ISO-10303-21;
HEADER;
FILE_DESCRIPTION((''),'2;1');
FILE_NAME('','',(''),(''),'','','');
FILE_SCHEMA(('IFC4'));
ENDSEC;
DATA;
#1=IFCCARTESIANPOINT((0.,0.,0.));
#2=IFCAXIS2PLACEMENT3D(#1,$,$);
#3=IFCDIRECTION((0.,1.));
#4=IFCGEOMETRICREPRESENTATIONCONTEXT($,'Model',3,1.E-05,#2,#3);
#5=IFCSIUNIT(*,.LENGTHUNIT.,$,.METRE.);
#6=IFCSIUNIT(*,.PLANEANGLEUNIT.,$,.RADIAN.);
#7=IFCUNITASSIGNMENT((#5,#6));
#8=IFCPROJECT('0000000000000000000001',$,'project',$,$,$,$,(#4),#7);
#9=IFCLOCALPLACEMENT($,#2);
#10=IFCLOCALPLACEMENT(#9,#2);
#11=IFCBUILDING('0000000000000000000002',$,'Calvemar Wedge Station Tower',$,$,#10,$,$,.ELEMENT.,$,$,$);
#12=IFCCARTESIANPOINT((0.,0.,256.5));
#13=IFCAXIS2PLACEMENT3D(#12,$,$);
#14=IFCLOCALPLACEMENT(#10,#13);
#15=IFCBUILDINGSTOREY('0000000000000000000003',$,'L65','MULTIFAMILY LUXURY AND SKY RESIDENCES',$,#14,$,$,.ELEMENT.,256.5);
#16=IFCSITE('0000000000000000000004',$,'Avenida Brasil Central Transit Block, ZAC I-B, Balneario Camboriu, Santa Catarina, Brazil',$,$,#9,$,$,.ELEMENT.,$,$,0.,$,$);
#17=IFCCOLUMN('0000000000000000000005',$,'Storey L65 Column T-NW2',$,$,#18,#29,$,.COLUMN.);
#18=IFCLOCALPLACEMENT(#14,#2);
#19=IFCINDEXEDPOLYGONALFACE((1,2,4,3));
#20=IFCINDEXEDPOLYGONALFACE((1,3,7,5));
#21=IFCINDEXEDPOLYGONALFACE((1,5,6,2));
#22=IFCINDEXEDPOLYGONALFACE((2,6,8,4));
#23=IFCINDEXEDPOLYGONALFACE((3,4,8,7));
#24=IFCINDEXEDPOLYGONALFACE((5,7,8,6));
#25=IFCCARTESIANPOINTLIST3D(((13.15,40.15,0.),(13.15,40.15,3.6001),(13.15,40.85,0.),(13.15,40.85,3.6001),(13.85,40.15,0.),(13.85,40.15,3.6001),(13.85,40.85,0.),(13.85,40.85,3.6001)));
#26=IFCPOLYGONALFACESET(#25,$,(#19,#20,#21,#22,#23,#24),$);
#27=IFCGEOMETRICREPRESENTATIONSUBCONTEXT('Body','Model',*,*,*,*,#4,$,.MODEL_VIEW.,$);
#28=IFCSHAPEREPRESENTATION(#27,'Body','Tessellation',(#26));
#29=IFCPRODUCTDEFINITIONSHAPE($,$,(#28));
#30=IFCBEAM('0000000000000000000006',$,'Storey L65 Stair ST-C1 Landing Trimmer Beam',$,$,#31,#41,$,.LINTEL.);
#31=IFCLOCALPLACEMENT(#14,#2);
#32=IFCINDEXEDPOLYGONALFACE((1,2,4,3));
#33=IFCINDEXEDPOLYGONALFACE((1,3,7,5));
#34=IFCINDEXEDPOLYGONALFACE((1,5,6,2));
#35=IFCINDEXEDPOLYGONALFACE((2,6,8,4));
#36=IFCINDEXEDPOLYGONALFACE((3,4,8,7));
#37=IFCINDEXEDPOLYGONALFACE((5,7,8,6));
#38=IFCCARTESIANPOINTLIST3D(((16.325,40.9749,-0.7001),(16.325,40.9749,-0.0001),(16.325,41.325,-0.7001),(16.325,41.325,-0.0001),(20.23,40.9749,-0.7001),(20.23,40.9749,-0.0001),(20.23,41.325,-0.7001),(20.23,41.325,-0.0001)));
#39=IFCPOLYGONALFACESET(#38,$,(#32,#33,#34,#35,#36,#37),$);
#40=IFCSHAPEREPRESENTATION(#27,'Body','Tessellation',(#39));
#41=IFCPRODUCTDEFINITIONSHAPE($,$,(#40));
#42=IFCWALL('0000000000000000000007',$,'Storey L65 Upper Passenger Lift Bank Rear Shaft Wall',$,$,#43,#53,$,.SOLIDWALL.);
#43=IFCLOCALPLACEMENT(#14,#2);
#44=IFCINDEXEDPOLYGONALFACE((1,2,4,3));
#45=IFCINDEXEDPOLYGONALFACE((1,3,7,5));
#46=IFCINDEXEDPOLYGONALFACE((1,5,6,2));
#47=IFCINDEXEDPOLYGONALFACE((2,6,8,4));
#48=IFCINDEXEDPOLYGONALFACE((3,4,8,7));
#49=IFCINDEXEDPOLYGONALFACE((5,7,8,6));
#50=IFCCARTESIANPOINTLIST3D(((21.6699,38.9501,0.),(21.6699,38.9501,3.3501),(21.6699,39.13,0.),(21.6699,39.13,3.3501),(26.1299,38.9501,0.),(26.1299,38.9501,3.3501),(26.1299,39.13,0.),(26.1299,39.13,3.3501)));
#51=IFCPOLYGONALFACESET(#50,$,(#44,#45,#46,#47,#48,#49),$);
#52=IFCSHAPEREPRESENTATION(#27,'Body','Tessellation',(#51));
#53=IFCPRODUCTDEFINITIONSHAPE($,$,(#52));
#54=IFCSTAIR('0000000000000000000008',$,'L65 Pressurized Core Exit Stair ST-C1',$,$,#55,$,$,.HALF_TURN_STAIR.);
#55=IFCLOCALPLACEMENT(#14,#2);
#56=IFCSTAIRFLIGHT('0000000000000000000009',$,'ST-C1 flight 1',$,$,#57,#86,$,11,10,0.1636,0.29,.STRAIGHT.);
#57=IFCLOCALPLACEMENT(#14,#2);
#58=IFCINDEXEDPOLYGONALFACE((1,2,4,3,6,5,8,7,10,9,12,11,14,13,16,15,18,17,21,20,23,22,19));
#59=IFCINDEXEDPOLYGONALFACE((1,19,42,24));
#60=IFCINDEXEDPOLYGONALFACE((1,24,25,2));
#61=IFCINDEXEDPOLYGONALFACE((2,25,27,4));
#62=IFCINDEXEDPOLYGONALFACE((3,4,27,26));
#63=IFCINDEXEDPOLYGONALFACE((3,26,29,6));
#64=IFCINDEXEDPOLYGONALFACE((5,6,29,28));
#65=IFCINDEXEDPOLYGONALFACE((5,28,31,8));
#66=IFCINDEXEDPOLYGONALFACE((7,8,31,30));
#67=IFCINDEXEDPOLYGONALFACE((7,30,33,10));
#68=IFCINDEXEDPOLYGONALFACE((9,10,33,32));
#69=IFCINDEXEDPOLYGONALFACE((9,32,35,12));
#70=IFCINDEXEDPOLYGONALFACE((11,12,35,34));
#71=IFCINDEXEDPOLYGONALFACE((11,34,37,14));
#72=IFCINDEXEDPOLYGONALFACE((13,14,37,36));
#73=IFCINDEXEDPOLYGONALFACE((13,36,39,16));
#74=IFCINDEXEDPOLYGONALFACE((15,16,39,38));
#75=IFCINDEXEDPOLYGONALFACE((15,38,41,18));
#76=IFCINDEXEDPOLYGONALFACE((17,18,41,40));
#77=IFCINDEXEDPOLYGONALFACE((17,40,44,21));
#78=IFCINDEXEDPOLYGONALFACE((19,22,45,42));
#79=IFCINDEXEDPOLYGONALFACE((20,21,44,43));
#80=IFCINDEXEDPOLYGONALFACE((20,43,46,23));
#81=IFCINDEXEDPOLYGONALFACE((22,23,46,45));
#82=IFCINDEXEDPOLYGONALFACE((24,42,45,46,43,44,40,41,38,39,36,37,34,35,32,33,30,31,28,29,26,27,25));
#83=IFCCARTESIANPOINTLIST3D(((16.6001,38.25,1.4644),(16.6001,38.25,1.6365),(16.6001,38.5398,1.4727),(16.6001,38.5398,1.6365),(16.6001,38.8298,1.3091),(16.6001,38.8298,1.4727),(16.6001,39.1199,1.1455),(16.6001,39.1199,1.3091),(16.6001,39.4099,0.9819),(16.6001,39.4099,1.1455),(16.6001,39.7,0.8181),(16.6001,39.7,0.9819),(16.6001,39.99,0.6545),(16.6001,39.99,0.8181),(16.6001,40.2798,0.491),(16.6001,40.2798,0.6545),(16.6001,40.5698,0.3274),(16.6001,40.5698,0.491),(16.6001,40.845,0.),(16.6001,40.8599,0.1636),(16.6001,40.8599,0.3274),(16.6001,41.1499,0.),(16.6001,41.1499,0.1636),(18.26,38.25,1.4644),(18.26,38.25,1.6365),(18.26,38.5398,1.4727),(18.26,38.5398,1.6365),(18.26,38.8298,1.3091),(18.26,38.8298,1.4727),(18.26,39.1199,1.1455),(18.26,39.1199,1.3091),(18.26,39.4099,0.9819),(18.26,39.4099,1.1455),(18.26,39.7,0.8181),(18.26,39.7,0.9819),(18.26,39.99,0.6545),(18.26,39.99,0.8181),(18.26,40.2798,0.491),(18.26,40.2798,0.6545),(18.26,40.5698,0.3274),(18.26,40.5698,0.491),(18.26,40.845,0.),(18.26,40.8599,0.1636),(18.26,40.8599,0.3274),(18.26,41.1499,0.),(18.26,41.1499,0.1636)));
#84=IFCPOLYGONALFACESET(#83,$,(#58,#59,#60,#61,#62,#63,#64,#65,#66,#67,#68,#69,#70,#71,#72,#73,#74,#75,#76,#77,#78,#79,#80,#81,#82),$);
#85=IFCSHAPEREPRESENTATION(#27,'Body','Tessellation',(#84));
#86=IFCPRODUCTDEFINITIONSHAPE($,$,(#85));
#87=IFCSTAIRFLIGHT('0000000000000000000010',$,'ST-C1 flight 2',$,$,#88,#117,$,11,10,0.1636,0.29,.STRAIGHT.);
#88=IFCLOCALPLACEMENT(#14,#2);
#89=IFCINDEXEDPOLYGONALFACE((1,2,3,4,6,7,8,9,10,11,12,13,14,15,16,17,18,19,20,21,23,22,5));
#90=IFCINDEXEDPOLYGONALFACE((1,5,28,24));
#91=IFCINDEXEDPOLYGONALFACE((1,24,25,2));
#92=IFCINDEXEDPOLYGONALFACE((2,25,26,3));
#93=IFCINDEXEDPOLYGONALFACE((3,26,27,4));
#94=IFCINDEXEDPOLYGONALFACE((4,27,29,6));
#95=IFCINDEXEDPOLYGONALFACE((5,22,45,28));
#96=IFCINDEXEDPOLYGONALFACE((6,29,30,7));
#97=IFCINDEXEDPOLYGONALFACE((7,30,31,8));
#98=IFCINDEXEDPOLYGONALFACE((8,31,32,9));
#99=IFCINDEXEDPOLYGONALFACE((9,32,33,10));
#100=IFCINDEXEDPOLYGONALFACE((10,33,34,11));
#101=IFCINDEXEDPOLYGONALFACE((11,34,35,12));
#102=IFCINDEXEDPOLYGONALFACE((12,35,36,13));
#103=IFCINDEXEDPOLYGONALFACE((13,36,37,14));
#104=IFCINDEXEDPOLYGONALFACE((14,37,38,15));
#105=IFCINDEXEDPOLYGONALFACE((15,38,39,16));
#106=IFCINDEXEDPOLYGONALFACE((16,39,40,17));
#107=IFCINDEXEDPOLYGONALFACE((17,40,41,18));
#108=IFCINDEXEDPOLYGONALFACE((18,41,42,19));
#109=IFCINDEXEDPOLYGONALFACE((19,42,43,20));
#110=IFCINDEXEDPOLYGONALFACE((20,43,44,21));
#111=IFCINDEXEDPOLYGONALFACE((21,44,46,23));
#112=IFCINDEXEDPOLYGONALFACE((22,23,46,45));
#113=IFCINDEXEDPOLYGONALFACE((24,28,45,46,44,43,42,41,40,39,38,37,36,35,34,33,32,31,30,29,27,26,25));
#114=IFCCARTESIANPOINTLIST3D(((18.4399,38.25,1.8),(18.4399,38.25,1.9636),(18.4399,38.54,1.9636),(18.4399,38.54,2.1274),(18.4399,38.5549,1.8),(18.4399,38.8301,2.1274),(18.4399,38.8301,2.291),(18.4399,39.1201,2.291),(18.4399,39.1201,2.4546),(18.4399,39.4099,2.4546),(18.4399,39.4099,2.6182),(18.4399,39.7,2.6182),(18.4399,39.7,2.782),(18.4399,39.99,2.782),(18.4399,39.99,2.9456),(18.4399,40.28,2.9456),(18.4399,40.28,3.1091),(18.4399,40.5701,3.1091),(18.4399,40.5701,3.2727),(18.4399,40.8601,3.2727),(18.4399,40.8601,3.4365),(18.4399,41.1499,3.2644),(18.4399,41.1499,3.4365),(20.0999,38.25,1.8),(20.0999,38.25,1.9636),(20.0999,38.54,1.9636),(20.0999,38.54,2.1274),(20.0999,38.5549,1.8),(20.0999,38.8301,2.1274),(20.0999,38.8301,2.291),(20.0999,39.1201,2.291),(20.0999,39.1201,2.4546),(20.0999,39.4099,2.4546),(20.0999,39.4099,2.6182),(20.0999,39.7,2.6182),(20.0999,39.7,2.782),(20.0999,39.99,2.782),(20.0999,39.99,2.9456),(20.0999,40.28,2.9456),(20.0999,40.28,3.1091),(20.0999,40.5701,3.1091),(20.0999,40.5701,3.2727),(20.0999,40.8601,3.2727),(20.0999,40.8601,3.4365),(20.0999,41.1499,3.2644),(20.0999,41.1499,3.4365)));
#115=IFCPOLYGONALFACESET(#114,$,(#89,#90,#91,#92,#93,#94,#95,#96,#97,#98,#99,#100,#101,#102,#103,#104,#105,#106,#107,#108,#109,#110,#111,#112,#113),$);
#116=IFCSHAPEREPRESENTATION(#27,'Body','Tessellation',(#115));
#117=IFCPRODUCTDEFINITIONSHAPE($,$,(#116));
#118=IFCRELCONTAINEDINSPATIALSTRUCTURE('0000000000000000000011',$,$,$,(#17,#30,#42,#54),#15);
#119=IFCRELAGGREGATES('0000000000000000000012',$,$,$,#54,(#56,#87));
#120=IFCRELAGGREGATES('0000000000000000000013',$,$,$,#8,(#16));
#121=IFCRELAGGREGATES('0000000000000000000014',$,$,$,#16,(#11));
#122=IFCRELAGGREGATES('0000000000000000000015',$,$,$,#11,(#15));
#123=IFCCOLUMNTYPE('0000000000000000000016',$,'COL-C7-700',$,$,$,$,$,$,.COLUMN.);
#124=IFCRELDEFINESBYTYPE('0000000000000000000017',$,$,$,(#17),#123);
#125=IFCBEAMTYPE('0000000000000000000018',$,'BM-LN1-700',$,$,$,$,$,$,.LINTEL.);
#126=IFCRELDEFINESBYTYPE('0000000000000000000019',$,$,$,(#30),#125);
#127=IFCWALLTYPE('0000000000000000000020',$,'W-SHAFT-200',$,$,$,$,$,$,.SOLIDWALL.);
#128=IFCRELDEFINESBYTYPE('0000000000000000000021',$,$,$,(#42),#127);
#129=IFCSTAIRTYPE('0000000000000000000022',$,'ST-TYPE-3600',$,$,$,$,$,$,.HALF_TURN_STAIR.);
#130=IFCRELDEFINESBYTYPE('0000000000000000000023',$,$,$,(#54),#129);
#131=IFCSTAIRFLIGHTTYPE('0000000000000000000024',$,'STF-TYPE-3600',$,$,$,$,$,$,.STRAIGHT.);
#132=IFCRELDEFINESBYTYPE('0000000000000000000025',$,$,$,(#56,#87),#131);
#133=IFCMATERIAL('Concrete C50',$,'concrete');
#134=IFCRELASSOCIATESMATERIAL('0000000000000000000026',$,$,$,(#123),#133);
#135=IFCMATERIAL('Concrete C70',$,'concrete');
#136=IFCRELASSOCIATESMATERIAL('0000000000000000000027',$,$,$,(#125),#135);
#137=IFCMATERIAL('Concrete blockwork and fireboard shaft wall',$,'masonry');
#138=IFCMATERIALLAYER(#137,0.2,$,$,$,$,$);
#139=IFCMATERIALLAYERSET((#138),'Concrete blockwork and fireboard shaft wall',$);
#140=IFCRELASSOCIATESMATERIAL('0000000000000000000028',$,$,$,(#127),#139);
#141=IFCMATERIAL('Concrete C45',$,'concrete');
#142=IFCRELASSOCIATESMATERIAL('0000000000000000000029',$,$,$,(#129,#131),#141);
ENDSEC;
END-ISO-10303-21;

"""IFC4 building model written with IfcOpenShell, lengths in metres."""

from ifc_helpers import new_model, si_unit, direction, frame, frame_2d, origin, origin_2d, place, context, subcontext, project, spatial, polyline, rectangle, outline, extrude, source, transform, mapped, material, layer, layer_set, material_profile, profile_set, type_object, element, aggregate, save


model = new_model("IFC4")

# Units and contexts
model_context = context("Model", 3, precision=1e-05, world=origin(), true_north=direction((0.0, 1.0)))
body_context = subcontext(model_context, "Body", "Model", "MODEL_VIEW")
ifc_project = project(units=[si_unit("LENGTHUNIT", "METRE"), si_unit("PLANEANGLEUNIT", "RADIAN")], contexts=[model_context])

# Site, building, storey
site_placement = place(None, origin())
site = spatial("IfcSite", under=ifc_project, at=site_placement, Name="Avenida Brasil Central Transit Block, ZAC I-B, Balneario Camboriu, Santa Catarina, Brazil", CompositionType="ELEMENT", RefElevation=0.0)
building_placement = place(site_placement, origin())
building = spatial("IfcBuilding", under=site, at=building_placement, Name="Calvemar Wedge Station Tower", CompositionType="ELEMENT")
storey_placement = place(building_placement, frame((0.0, 0.0, 256.5)))
storey = spatial("IfcBuildingStorey", under=building, at=storey_placement, Name="L65", Description="MULTIFAMILY LUXURY AND SKY RESIDENCES", CompositionType="ELEMENT", Elevation=256.5)

# Column
ifc_material_1 = material(Name="Concrete C50", Category="concrete")
ifc_material_profile_1 = material_profile(ifc_material_1, rectangle(XDim=0.7, YDim=0.7, at=origin_2d()), Name="RC700x700")
ifc_profile_set_1 = profile_set([ifc_material_profile_1], Name="Concrete C50")
column_type = type_object("IfcColumnType", Name="COL-C7-700", PredefinedType="COLUMN", material=ifc_profile_set_1)
shared_shape_1 = source(origin(), body_context, "Body", "SweptSolid", [
    extrude(rectangle(XDim=0.7, YDim=0.7, at=origin_2d()), origin(), (0.0, 0.0, 1.0), 3.6001),
])
column_placement = place(storey_placement, frame((13.5, 40.5, 0.0), z_axis=(0.0, 0.0, 1.0), x_axis=(1.0, 0.0, 0.0)))
element("IfcColumn", 1, at=column_placement, inside=storey, type_object=column_type, Name="Storey L65 Column T-NW2", PredefinedType="COLUMN", context=body_context, shape_type="MappedRepresentation", body=[
    mapped(shared_shape_1, transform((0.0, 0.0, 0.0), scale=1.0)),
])

# Beam
ifc_material_2 = material(Name="Concrete C70", Category="concrete")
ifc_material_profile_2 = material_profile(ifc_material_2, rectangle(XDim=0.3501, YDim=0.7, at=origin_2d()), Name="RC350x700")
ifc_profile_set_2 = profile_set([ifc_material_profile_2], Name="Concrete C70")
beam_type = type_object("IfcBeamType", Name="BM-LN1-700", PredefinedType="LINTEL", material=ifc_profile_set_2)
shared_shape_2 = source(origin(), body_context, "Body", "SweptSolid", [
    extrude(rectangle(XDim=0.3501, YDim=0.7, at=origin_2d()), origin(), (0.0, 0.0, 1.0), 3.905),
])
beam_placement = place(storey_placement, frame((16.325, 41.1499, -0.3501), z_axis=(1.0, 0.0, 0.0), x_axis=(0.0, 1.0, 0.0)))
element("IfcBeam", 2, at=beam_placement, inside=storey, type_object=beam_type, Name="Storey L65 Stair ST-C1 Landing Trimmer Beam", PredefinedType="LINTEL", context=body_context, shape_type="MappedRepresentation", body=[
    mapped(shared_shape_2, transform((0.0, 0.0, 0.0), scale=1.0)),
])

# Wall
ifc_material_3 = material(Name="Concrete blockwork and fireboard shaft wall", Category="masonry")
ifc_layer_1 = layer(ifc_material_3, 0.2)
ifc_layer_set_1 = layer_set([ifc_layer_1], Name="Concrete blockwork and fireboard shaft wall")
wall_type_1 = type_object("IfcWallType", Name="W-SHAFT-200", PredefinedType="SOLIDWALL", material=ifc_layer_set_1)
wall_1_placement = place(storey_placement, frame((21.6699, 39.04, 0.0), z_axis=(0.0, 0.0, 1.0), x_axis=(1.0, 0.0, 0.0)))
element("IfcWall", 3, at=wall_1_placement, inside=storey, type_object=wall_type_1, Name="Storey L65 Upper Passenger Lift Bank Rear Shaft Wall", PredefinedType="SOLIDWALL", context=body_context, shape_type="SweptSolid", body=[
    extrude(rectangle(XDim=4.46, YDim=0.1799, at=frame_2d((2.23, 0.0))), origin(), (0.0, 0.0, 1.0), 3.3501),
])

# Stair, stair flights
ifc_material_4 = material(Name="Concrete C45", Category="concrete")
stair_type = type_object("IfcStairType", Name="ST-TYPE-3600", PredefinedType="HALF_TURN_STAIR", material=ifc_material_4)
stair_placement = place(storey_placement, origin())
stair = element("IfcStair", 4, at=stair_placement, inside=storey, type_object=stair_type, Name="L65 Pressurized Core Exit Stair ST-C1", PredefinedType="HALF_TURN_STAIR")
stair_flight_type = type_object("IfcStairFlightType", Name="STF-TYPE-3600", PredefinedType="STRAIGHT", material=ifc_material_4)
stair_flight_1_placement = place(storey_placement, frame((17.4299, 41.1499, 0.0), z_axis=(0.0, 0.0, 1.0), x_axis=(0.0, -1.0, 0.0)))
stair_flight_1 = element("IfcStairFlight", 5, at=stair_flight_1_placement, type_object=stair_flight_type, Name="ST-C1 flight 1", NumberOfRisers=11, NumberOfTreads=10, PredefinedType="STRAIGHT", RiserHeight=0.1636, TreadLength=0.29, context=body_context, shape_type="SweptSolid", body=[
    extrude(outline(polyline([(0.0, 0.0), (0.0, 0.1636), (0.29, 0.1636), (0.29, 0.3274), (0.5801, 0.3274), (0.5801, 0.491), (0.8701, 0.491), (0.8701, 0.6545), (1.1599, 0.6545), (1.1599, 0.8181), (1.45, 0.8181), (1.45, 0.9819), (1.74, 0.9819), (1.74, 1.1455), (2.03, 1.1455), (2.03, 1.3091), (2.3201, 1.3091), (2.3201, 1.4727), (2.6101, 1.4727), (2.6101, 1.6365), (2.8999, 1.6365), (2.8999, 1.8), (2.8999, 1.4644), (0.3049, 0.0), (0.0, 0.0)])), frame((0.0, 0.8301, 0.0), z_axis=(0.0, -1.0, 0.0), x_axis=(1.0, 0.0, 0.0)), (0.0, 0.0, 1.0), 1.6599),
])
stair_flight_2_placement = place(storey_placement, frame((19.27, 38.25, 1.8), z_axis=(0.0, 0.0, 1.0), x_axis=(0.0, 1.0, 0.0)))
stair_flight_2 = element("IfcStairFlight", 6, at=stair_flight_2_placement, type_object=stair_flight_type, Name="ST-C1 flight 2", NumberOfRisers=11, NumberOfTreads=10, PredefinedType="STRAIGHT", RiserHeight=0.1636, TreadLength=0.29, context=body_context, shape_type="SweptSolid", body=[
    extrude(outline(polyline([(0.0, 0.0), (0.0, 0.1636), (0.29, 0.1636), (0.29, 0.3274), (0.5801, 0.3274), (0.5801, 0.491), (0.8701, 0.491), (0.8701, 0.6545), (1.1599, 0.6545), (1.1599, 0.8181), (1.45, 0.8181), (1.45, 0.9819), (1.74, 0.9819), (1.74, 1.1455), (2.03, 1.1455), (2.03, 1.3091), (2.3201, 1.3091), (2.3201, 1.4727), (2.6101, 1.4727), (2.6101, 1.6365), (2.8999, 1.6365), (2.8999, 1.8), (2.8999, 1.4644), (0.3049, 0.0), (0.0, 0.0)])), frame((0.0, 0.8301, 0.0), z_axis=(0.0, -1.0, 0.0), x_axis=(1.0, 0.0, 0.0)), (0.0, 0.0, 1.0), 1.6599),
])
aggregate(stair, [stair_flight_1, stair_flight_2])

save(model, "model.ifc")
